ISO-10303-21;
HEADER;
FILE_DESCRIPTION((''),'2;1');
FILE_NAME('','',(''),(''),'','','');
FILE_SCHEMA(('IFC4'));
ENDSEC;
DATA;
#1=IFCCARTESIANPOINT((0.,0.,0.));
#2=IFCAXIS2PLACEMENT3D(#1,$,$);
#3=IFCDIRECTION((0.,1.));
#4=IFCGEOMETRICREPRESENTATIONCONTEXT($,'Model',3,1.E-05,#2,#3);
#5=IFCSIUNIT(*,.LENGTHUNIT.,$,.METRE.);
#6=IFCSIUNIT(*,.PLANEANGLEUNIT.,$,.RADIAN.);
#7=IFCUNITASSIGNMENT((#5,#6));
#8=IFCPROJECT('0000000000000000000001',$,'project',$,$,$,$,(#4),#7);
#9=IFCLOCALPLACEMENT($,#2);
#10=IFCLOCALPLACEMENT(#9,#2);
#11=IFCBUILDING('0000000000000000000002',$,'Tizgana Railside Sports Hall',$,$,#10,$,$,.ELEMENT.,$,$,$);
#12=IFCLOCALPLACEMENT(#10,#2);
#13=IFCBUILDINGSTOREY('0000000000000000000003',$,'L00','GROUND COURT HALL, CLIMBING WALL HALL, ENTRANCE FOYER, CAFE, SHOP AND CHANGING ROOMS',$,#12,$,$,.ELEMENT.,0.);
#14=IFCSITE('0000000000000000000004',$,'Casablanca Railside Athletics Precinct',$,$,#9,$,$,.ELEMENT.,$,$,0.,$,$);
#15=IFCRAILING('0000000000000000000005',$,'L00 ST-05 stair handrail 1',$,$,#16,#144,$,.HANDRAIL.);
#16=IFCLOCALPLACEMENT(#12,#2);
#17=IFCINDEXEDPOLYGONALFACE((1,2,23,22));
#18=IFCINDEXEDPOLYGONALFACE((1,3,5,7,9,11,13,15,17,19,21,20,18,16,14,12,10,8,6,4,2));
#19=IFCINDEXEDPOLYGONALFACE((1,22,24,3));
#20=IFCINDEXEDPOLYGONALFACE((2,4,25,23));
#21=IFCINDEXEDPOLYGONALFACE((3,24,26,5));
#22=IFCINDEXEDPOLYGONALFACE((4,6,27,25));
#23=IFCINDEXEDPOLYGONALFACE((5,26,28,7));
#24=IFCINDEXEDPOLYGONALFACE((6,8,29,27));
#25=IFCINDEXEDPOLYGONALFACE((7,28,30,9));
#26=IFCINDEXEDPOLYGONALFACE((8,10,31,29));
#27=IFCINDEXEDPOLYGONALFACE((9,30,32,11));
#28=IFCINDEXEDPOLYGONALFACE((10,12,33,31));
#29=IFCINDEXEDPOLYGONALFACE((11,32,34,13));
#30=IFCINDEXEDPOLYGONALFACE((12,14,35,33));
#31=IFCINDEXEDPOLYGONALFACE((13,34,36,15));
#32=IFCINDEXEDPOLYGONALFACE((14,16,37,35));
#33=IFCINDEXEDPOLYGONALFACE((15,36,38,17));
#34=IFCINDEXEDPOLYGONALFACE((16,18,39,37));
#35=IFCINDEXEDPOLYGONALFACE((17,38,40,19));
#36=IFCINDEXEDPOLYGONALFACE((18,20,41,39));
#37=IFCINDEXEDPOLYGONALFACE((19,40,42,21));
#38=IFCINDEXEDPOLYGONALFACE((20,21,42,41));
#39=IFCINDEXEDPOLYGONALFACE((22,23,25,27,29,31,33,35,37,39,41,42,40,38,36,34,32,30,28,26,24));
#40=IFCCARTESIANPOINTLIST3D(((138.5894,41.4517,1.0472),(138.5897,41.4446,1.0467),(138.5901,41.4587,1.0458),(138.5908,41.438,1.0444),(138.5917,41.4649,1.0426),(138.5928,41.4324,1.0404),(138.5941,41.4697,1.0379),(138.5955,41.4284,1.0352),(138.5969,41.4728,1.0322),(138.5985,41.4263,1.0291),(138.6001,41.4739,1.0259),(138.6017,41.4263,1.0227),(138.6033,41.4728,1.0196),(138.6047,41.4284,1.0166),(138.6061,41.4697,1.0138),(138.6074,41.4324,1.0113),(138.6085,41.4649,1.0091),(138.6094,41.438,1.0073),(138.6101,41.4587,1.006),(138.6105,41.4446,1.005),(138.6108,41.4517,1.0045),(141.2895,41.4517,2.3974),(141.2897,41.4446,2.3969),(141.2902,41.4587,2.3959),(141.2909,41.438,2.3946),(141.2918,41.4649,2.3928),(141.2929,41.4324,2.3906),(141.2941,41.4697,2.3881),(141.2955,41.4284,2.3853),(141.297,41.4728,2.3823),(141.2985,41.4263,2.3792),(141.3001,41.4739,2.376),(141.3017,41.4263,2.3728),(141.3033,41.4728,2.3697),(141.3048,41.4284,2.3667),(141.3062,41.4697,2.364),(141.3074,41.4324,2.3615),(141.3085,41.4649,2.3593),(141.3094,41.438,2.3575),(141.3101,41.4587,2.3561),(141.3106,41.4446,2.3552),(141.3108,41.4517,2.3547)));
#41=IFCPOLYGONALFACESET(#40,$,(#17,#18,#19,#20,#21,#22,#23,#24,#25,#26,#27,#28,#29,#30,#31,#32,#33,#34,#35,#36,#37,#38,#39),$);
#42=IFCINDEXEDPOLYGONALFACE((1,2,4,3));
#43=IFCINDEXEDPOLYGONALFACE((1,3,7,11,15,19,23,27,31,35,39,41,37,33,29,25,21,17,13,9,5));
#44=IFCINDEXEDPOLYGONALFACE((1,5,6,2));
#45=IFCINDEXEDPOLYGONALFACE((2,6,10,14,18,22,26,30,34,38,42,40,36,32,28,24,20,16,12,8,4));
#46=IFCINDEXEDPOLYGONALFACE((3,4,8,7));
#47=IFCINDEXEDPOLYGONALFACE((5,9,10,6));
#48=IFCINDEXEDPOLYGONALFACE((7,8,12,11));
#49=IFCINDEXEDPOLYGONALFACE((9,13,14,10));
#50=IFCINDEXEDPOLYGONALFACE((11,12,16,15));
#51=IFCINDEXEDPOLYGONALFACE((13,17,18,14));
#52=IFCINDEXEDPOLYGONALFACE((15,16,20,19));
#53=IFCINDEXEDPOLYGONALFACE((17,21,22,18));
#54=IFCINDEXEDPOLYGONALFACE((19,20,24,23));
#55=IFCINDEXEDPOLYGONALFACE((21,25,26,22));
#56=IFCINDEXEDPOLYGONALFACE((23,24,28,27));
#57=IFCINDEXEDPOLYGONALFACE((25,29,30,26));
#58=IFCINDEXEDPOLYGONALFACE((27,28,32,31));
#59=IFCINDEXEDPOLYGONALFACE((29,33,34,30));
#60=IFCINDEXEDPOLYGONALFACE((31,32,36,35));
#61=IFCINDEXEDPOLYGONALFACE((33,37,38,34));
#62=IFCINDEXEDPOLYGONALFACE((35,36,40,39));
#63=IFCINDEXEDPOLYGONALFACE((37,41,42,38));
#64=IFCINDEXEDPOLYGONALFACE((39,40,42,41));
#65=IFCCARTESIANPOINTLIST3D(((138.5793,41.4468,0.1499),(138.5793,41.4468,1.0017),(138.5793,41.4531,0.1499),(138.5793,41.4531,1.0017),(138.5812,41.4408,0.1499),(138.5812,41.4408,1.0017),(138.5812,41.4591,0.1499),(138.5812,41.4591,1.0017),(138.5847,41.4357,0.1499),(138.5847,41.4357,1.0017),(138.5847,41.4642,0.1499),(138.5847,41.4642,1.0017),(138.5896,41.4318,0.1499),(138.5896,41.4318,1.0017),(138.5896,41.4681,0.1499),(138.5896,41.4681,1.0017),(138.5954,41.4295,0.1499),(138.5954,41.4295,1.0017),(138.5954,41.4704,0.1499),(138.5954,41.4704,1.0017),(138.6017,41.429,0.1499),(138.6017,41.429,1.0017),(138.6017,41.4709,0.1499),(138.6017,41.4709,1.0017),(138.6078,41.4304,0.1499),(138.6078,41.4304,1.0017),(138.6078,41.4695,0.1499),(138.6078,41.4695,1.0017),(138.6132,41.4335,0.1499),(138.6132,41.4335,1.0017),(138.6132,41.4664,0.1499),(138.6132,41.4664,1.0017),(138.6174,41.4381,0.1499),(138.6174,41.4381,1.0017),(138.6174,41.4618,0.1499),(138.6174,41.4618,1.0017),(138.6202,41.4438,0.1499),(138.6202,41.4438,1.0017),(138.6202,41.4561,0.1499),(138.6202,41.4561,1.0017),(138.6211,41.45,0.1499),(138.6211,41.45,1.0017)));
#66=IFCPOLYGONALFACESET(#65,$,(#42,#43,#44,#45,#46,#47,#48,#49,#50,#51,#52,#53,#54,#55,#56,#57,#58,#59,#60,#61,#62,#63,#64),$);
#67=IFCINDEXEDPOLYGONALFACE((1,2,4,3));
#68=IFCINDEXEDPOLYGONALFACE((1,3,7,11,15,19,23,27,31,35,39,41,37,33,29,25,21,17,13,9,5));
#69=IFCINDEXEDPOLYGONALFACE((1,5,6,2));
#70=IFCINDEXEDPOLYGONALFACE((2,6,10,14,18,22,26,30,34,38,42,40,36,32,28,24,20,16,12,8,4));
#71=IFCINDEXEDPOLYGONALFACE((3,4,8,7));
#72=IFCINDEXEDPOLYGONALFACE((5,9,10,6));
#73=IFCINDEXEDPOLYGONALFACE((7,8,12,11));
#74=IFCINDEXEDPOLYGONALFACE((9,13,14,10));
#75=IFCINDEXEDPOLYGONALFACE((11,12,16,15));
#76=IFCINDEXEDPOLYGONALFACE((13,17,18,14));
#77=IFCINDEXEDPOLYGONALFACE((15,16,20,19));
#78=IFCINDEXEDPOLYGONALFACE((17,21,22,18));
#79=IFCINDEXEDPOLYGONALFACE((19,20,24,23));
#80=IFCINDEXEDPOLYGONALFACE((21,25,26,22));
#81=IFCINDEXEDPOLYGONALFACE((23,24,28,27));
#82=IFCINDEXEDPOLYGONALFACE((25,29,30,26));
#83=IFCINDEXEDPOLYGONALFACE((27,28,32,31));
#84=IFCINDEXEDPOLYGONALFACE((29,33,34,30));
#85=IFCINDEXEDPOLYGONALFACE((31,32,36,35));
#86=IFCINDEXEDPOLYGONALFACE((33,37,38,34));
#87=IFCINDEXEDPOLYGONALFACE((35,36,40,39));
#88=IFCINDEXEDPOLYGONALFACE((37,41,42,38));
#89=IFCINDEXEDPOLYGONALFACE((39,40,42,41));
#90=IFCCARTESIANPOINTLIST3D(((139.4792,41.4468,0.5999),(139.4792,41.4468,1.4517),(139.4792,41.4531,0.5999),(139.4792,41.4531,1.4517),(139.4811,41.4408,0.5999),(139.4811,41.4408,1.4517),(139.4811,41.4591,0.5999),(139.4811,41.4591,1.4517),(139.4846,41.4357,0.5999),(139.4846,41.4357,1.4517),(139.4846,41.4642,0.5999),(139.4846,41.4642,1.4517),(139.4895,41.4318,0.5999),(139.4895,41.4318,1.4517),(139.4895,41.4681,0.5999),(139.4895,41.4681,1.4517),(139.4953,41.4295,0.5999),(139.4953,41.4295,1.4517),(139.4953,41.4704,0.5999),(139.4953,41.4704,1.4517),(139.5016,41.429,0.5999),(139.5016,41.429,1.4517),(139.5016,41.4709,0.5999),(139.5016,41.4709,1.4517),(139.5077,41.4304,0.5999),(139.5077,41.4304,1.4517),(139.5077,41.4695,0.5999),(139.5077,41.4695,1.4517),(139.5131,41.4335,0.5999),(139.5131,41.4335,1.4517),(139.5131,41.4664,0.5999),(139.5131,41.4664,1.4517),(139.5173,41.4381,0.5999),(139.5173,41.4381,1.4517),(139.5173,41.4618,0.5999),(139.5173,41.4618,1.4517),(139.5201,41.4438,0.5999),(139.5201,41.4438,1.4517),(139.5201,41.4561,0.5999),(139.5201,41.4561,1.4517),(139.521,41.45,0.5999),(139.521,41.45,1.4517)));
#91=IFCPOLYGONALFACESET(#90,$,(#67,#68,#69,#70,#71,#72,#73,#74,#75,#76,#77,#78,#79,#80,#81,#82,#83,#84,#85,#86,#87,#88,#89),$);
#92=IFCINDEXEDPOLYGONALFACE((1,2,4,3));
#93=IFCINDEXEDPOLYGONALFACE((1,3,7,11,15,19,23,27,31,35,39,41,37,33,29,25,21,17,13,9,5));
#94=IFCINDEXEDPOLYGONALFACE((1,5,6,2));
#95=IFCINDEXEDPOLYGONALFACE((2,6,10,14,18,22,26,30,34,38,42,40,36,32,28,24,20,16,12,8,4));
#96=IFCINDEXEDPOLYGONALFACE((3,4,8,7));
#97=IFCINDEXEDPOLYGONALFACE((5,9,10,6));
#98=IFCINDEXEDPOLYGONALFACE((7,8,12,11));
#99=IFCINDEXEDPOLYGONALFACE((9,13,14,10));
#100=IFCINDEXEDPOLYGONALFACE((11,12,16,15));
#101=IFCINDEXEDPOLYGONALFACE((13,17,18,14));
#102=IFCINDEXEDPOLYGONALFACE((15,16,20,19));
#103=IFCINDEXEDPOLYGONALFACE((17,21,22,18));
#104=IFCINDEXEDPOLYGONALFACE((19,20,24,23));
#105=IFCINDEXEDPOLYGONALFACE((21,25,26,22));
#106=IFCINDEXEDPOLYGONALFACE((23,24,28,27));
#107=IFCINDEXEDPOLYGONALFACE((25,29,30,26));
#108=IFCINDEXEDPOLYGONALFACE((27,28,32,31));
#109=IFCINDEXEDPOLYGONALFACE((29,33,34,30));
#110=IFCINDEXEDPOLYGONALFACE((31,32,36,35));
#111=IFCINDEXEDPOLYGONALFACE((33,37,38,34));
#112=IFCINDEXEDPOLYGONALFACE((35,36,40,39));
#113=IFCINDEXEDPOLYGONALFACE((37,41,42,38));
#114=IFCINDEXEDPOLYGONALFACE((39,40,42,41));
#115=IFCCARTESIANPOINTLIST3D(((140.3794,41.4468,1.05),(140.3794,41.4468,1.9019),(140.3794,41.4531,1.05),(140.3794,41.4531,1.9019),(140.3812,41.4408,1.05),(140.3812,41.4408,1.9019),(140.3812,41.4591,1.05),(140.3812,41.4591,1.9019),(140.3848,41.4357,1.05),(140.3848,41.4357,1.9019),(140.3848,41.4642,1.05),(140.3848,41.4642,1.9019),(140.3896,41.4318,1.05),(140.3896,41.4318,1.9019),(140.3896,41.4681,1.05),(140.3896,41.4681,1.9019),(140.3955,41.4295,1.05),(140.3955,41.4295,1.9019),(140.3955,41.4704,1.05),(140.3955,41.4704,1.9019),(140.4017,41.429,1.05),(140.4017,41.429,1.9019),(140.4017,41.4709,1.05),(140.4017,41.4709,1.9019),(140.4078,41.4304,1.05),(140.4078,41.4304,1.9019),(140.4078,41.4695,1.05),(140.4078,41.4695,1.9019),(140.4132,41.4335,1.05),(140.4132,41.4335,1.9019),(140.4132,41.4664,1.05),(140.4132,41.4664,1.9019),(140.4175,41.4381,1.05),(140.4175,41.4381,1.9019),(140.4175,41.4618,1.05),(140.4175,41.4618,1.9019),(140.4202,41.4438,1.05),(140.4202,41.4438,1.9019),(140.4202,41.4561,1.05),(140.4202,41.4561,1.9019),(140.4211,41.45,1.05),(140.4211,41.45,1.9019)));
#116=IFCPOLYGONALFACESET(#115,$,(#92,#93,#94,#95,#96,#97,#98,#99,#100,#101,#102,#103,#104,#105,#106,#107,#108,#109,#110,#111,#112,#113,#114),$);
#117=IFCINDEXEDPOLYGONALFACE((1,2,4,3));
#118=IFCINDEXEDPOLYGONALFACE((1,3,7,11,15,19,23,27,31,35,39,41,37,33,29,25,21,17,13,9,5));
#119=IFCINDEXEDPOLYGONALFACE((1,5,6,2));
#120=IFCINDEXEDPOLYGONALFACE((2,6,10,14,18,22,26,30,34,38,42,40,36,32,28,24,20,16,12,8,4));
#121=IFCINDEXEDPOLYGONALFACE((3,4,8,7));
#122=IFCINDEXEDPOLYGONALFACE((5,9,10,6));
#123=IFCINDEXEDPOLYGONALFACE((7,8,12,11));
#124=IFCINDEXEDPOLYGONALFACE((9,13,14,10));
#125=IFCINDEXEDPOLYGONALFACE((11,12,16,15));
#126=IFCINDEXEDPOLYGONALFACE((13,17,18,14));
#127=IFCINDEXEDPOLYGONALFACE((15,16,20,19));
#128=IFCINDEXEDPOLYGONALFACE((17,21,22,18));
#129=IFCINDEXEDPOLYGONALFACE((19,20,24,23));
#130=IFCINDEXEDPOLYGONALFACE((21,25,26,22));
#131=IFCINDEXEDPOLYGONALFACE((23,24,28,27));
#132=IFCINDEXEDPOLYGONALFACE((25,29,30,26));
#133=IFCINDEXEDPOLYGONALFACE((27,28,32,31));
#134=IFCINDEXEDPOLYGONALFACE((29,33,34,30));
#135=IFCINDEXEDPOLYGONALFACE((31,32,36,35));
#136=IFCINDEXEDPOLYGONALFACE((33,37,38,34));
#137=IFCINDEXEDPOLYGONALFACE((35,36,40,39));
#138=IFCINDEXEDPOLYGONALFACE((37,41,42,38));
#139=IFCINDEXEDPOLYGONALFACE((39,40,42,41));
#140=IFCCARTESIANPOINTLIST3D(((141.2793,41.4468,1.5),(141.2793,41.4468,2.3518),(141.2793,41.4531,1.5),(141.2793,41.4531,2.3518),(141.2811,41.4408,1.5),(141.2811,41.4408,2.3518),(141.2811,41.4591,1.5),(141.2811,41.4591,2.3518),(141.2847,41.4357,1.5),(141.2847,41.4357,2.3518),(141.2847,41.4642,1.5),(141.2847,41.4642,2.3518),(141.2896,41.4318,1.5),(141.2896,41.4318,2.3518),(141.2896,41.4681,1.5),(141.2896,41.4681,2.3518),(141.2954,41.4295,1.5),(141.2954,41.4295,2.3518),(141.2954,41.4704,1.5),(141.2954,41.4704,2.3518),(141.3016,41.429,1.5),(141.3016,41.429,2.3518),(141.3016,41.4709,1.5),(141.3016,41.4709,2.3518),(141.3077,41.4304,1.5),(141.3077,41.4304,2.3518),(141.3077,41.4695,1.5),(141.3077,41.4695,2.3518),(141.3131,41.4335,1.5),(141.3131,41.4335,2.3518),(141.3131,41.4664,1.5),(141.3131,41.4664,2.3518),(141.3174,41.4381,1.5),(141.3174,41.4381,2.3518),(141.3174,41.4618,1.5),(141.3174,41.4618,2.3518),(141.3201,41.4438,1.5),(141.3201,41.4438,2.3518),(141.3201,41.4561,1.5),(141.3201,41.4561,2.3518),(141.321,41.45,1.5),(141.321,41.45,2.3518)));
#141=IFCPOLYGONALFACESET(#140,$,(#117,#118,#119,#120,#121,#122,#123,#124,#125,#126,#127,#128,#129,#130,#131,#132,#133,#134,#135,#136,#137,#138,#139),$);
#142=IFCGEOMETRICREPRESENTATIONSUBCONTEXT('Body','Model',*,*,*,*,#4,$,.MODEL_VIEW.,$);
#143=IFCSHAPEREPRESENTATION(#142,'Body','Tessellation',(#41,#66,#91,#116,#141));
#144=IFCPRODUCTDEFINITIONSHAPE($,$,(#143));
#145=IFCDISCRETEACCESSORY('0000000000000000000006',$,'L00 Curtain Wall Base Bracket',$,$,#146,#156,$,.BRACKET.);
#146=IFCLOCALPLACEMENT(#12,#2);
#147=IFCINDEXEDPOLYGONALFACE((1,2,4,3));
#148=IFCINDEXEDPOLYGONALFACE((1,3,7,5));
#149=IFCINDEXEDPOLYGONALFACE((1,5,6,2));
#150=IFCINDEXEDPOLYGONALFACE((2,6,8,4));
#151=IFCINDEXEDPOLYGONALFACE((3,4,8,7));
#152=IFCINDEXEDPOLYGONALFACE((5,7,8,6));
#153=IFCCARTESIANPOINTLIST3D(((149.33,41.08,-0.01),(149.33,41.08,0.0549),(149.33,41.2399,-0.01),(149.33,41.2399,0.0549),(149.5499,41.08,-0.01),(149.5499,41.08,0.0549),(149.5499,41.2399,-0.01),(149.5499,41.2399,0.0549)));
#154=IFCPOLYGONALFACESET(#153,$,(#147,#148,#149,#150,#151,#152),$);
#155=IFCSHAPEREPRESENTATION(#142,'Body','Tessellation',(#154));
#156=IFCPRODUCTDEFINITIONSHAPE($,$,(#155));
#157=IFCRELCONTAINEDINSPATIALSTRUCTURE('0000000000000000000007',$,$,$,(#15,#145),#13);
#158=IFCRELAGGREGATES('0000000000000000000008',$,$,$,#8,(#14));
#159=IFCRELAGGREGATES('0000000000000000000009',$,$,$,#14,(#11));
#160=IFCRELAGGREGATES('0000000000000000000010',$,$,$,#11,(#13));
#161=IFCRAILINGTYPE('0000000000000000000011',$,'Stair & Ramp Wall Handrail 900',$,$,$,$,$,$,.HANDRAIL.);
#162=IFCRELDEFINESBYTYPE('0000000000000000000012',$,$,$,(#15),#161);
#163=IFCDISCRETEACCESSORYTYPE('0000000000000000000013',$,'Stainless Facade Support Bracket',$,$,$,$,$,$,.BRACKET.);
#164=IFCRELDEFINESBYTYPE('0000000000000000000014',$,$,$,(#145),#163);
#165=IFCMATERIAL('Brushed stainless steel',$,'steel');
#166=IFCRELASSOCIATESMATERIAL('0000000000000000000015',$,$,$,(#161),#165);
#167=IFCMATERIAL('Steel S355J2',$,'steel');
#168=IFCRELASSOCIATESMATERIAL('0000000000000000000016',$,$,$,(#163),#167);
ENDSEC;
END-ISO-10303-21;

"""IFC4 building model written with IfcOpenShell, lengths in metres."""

from ifc_helpers import new_model, si_unit, direction, frame, origin, origin_2d, place, context, subcontext, project, spatial, rectangle, circle, extrude, material, type_object, element, save


model = new_model("IFC4")

# Units and contexts
model_context = context("Model", 3, precision=1e-05, world=origin(), true_north=direction((0.0, 1.0)))
body_context = subcontext(model_context, "Body", "Model", "MODEL_VIEW")
ifc_project = project(units=[si_unit("LENGTHUNIT", "METRE"), si_unit("PLANEANGLEUNIT", "RADIAN")], contexts=[model_context])

# Site, building, storey
site_placement = place(None, origin())
site = spatial("IfcSite", under=ifc_project, at=site_placement, Name="Casablanca Railside Athletics Precinct", CompositionType="ELEMENT", RefElevation=0.0)
building_placement = place(site_placement, origin())
building = spatial("IfcBuilding", under=site, at=building_placement, Name="Tizgana Railside Sports Hall", CompositionType="ELEMENT")
storey_placement = place(building_placement, origin())
storey = spatial("IfcBuildingStorey", under=building, at=storey_placement, Name="L00", Description="GROUND COURT HALL, CLIMBING WALL HALL, ENTRANCE FOYER, CAFE, SHOP AND CHANGING ROOMS", CompositionType="ELEMENT", Elevation=0.0)

# Shared definitions
ifc_material_1 = material(Name="Steel S355J2", Category="steel")

# Railing
ifc_material_2 = material(Name="Brushed stainless steel", Category="steel")
railing_type = type_object("IfcRailingType", Name="Stair & Ramp Wall Handrail 900", PredefinedType="HANDRAIL", material=ifc_material_2)
railing_placement = place(storey_placement, frame((138.6001, 41.45, 0.1499)))
element("IfcRailing", 1, at=railing_placement, inside=storey, type_object=railing_type, Name="L00 ST-05 stair handrail 1", PredefinedType="HANDRAIL", context=body_context, shape_type="SweptSolid", body=[
    extrude(circle(Radius=0.0239, at=origin_2d()), frame((0.0, 0.0, 0.876), z_axis=(0.894411, 0.0, 0.447246), x_axis=(0.0, 1.0, 0.0)), (0.0, 0.0, 1.0), 3.0188),
    extrude(circle(Radius=0.021, at=origin_2d()), origin(), (0.0, 0.0, 1.0), 0.8518),
    extrude(circle(Radius=0.021, at=origin_2d()), frame((0.8999, 0.0, 0.45)), (0.0, 0.0, 1.0), 0.8518),
    extrude(circle(Radius=0.021, at=origin_2d()), frame((1.8, 0.0, 0.9001)), (0.0, 0.0, 1.0), 0.8518),
    extrude(circle(Radius=0.021, at=origin_2d()), frame((2.7, 0.0, 1.3501)), (0.0, 0.0, 1.0), 0.8518),
])

# Discrete accessory
discrete_accessory_type = type_object("IfcDiscreteAccessoryType", Name="Stainless Facade Support Bracket", PredefinedType="BRACKET", material=ifc_material_1)
discrete_accessory_placement = place(storey_placement, frame((149.4399, 41.1599, -0.01), z_axis=(0.0, 0.0, 1.0), x_axis=(0.0, 1.0, 0.0)))
element("IfcDiscreteAccessory", 2, at=discrete_accessory_placement, inside=storey, type_object=discrete_accessory_type, Name="L00 Curtain Wall Base Bracket", PredefinedType="BRACKET", context=body_context, shape_type="SweptSolid", body=[
    extrude(rectangle(XDim=0.1599, YDim=0.22, at=origin_2d()), origin(), (0.0, 0.0, 1.0), 0.0649),
])

save(model, "model.ifc")
